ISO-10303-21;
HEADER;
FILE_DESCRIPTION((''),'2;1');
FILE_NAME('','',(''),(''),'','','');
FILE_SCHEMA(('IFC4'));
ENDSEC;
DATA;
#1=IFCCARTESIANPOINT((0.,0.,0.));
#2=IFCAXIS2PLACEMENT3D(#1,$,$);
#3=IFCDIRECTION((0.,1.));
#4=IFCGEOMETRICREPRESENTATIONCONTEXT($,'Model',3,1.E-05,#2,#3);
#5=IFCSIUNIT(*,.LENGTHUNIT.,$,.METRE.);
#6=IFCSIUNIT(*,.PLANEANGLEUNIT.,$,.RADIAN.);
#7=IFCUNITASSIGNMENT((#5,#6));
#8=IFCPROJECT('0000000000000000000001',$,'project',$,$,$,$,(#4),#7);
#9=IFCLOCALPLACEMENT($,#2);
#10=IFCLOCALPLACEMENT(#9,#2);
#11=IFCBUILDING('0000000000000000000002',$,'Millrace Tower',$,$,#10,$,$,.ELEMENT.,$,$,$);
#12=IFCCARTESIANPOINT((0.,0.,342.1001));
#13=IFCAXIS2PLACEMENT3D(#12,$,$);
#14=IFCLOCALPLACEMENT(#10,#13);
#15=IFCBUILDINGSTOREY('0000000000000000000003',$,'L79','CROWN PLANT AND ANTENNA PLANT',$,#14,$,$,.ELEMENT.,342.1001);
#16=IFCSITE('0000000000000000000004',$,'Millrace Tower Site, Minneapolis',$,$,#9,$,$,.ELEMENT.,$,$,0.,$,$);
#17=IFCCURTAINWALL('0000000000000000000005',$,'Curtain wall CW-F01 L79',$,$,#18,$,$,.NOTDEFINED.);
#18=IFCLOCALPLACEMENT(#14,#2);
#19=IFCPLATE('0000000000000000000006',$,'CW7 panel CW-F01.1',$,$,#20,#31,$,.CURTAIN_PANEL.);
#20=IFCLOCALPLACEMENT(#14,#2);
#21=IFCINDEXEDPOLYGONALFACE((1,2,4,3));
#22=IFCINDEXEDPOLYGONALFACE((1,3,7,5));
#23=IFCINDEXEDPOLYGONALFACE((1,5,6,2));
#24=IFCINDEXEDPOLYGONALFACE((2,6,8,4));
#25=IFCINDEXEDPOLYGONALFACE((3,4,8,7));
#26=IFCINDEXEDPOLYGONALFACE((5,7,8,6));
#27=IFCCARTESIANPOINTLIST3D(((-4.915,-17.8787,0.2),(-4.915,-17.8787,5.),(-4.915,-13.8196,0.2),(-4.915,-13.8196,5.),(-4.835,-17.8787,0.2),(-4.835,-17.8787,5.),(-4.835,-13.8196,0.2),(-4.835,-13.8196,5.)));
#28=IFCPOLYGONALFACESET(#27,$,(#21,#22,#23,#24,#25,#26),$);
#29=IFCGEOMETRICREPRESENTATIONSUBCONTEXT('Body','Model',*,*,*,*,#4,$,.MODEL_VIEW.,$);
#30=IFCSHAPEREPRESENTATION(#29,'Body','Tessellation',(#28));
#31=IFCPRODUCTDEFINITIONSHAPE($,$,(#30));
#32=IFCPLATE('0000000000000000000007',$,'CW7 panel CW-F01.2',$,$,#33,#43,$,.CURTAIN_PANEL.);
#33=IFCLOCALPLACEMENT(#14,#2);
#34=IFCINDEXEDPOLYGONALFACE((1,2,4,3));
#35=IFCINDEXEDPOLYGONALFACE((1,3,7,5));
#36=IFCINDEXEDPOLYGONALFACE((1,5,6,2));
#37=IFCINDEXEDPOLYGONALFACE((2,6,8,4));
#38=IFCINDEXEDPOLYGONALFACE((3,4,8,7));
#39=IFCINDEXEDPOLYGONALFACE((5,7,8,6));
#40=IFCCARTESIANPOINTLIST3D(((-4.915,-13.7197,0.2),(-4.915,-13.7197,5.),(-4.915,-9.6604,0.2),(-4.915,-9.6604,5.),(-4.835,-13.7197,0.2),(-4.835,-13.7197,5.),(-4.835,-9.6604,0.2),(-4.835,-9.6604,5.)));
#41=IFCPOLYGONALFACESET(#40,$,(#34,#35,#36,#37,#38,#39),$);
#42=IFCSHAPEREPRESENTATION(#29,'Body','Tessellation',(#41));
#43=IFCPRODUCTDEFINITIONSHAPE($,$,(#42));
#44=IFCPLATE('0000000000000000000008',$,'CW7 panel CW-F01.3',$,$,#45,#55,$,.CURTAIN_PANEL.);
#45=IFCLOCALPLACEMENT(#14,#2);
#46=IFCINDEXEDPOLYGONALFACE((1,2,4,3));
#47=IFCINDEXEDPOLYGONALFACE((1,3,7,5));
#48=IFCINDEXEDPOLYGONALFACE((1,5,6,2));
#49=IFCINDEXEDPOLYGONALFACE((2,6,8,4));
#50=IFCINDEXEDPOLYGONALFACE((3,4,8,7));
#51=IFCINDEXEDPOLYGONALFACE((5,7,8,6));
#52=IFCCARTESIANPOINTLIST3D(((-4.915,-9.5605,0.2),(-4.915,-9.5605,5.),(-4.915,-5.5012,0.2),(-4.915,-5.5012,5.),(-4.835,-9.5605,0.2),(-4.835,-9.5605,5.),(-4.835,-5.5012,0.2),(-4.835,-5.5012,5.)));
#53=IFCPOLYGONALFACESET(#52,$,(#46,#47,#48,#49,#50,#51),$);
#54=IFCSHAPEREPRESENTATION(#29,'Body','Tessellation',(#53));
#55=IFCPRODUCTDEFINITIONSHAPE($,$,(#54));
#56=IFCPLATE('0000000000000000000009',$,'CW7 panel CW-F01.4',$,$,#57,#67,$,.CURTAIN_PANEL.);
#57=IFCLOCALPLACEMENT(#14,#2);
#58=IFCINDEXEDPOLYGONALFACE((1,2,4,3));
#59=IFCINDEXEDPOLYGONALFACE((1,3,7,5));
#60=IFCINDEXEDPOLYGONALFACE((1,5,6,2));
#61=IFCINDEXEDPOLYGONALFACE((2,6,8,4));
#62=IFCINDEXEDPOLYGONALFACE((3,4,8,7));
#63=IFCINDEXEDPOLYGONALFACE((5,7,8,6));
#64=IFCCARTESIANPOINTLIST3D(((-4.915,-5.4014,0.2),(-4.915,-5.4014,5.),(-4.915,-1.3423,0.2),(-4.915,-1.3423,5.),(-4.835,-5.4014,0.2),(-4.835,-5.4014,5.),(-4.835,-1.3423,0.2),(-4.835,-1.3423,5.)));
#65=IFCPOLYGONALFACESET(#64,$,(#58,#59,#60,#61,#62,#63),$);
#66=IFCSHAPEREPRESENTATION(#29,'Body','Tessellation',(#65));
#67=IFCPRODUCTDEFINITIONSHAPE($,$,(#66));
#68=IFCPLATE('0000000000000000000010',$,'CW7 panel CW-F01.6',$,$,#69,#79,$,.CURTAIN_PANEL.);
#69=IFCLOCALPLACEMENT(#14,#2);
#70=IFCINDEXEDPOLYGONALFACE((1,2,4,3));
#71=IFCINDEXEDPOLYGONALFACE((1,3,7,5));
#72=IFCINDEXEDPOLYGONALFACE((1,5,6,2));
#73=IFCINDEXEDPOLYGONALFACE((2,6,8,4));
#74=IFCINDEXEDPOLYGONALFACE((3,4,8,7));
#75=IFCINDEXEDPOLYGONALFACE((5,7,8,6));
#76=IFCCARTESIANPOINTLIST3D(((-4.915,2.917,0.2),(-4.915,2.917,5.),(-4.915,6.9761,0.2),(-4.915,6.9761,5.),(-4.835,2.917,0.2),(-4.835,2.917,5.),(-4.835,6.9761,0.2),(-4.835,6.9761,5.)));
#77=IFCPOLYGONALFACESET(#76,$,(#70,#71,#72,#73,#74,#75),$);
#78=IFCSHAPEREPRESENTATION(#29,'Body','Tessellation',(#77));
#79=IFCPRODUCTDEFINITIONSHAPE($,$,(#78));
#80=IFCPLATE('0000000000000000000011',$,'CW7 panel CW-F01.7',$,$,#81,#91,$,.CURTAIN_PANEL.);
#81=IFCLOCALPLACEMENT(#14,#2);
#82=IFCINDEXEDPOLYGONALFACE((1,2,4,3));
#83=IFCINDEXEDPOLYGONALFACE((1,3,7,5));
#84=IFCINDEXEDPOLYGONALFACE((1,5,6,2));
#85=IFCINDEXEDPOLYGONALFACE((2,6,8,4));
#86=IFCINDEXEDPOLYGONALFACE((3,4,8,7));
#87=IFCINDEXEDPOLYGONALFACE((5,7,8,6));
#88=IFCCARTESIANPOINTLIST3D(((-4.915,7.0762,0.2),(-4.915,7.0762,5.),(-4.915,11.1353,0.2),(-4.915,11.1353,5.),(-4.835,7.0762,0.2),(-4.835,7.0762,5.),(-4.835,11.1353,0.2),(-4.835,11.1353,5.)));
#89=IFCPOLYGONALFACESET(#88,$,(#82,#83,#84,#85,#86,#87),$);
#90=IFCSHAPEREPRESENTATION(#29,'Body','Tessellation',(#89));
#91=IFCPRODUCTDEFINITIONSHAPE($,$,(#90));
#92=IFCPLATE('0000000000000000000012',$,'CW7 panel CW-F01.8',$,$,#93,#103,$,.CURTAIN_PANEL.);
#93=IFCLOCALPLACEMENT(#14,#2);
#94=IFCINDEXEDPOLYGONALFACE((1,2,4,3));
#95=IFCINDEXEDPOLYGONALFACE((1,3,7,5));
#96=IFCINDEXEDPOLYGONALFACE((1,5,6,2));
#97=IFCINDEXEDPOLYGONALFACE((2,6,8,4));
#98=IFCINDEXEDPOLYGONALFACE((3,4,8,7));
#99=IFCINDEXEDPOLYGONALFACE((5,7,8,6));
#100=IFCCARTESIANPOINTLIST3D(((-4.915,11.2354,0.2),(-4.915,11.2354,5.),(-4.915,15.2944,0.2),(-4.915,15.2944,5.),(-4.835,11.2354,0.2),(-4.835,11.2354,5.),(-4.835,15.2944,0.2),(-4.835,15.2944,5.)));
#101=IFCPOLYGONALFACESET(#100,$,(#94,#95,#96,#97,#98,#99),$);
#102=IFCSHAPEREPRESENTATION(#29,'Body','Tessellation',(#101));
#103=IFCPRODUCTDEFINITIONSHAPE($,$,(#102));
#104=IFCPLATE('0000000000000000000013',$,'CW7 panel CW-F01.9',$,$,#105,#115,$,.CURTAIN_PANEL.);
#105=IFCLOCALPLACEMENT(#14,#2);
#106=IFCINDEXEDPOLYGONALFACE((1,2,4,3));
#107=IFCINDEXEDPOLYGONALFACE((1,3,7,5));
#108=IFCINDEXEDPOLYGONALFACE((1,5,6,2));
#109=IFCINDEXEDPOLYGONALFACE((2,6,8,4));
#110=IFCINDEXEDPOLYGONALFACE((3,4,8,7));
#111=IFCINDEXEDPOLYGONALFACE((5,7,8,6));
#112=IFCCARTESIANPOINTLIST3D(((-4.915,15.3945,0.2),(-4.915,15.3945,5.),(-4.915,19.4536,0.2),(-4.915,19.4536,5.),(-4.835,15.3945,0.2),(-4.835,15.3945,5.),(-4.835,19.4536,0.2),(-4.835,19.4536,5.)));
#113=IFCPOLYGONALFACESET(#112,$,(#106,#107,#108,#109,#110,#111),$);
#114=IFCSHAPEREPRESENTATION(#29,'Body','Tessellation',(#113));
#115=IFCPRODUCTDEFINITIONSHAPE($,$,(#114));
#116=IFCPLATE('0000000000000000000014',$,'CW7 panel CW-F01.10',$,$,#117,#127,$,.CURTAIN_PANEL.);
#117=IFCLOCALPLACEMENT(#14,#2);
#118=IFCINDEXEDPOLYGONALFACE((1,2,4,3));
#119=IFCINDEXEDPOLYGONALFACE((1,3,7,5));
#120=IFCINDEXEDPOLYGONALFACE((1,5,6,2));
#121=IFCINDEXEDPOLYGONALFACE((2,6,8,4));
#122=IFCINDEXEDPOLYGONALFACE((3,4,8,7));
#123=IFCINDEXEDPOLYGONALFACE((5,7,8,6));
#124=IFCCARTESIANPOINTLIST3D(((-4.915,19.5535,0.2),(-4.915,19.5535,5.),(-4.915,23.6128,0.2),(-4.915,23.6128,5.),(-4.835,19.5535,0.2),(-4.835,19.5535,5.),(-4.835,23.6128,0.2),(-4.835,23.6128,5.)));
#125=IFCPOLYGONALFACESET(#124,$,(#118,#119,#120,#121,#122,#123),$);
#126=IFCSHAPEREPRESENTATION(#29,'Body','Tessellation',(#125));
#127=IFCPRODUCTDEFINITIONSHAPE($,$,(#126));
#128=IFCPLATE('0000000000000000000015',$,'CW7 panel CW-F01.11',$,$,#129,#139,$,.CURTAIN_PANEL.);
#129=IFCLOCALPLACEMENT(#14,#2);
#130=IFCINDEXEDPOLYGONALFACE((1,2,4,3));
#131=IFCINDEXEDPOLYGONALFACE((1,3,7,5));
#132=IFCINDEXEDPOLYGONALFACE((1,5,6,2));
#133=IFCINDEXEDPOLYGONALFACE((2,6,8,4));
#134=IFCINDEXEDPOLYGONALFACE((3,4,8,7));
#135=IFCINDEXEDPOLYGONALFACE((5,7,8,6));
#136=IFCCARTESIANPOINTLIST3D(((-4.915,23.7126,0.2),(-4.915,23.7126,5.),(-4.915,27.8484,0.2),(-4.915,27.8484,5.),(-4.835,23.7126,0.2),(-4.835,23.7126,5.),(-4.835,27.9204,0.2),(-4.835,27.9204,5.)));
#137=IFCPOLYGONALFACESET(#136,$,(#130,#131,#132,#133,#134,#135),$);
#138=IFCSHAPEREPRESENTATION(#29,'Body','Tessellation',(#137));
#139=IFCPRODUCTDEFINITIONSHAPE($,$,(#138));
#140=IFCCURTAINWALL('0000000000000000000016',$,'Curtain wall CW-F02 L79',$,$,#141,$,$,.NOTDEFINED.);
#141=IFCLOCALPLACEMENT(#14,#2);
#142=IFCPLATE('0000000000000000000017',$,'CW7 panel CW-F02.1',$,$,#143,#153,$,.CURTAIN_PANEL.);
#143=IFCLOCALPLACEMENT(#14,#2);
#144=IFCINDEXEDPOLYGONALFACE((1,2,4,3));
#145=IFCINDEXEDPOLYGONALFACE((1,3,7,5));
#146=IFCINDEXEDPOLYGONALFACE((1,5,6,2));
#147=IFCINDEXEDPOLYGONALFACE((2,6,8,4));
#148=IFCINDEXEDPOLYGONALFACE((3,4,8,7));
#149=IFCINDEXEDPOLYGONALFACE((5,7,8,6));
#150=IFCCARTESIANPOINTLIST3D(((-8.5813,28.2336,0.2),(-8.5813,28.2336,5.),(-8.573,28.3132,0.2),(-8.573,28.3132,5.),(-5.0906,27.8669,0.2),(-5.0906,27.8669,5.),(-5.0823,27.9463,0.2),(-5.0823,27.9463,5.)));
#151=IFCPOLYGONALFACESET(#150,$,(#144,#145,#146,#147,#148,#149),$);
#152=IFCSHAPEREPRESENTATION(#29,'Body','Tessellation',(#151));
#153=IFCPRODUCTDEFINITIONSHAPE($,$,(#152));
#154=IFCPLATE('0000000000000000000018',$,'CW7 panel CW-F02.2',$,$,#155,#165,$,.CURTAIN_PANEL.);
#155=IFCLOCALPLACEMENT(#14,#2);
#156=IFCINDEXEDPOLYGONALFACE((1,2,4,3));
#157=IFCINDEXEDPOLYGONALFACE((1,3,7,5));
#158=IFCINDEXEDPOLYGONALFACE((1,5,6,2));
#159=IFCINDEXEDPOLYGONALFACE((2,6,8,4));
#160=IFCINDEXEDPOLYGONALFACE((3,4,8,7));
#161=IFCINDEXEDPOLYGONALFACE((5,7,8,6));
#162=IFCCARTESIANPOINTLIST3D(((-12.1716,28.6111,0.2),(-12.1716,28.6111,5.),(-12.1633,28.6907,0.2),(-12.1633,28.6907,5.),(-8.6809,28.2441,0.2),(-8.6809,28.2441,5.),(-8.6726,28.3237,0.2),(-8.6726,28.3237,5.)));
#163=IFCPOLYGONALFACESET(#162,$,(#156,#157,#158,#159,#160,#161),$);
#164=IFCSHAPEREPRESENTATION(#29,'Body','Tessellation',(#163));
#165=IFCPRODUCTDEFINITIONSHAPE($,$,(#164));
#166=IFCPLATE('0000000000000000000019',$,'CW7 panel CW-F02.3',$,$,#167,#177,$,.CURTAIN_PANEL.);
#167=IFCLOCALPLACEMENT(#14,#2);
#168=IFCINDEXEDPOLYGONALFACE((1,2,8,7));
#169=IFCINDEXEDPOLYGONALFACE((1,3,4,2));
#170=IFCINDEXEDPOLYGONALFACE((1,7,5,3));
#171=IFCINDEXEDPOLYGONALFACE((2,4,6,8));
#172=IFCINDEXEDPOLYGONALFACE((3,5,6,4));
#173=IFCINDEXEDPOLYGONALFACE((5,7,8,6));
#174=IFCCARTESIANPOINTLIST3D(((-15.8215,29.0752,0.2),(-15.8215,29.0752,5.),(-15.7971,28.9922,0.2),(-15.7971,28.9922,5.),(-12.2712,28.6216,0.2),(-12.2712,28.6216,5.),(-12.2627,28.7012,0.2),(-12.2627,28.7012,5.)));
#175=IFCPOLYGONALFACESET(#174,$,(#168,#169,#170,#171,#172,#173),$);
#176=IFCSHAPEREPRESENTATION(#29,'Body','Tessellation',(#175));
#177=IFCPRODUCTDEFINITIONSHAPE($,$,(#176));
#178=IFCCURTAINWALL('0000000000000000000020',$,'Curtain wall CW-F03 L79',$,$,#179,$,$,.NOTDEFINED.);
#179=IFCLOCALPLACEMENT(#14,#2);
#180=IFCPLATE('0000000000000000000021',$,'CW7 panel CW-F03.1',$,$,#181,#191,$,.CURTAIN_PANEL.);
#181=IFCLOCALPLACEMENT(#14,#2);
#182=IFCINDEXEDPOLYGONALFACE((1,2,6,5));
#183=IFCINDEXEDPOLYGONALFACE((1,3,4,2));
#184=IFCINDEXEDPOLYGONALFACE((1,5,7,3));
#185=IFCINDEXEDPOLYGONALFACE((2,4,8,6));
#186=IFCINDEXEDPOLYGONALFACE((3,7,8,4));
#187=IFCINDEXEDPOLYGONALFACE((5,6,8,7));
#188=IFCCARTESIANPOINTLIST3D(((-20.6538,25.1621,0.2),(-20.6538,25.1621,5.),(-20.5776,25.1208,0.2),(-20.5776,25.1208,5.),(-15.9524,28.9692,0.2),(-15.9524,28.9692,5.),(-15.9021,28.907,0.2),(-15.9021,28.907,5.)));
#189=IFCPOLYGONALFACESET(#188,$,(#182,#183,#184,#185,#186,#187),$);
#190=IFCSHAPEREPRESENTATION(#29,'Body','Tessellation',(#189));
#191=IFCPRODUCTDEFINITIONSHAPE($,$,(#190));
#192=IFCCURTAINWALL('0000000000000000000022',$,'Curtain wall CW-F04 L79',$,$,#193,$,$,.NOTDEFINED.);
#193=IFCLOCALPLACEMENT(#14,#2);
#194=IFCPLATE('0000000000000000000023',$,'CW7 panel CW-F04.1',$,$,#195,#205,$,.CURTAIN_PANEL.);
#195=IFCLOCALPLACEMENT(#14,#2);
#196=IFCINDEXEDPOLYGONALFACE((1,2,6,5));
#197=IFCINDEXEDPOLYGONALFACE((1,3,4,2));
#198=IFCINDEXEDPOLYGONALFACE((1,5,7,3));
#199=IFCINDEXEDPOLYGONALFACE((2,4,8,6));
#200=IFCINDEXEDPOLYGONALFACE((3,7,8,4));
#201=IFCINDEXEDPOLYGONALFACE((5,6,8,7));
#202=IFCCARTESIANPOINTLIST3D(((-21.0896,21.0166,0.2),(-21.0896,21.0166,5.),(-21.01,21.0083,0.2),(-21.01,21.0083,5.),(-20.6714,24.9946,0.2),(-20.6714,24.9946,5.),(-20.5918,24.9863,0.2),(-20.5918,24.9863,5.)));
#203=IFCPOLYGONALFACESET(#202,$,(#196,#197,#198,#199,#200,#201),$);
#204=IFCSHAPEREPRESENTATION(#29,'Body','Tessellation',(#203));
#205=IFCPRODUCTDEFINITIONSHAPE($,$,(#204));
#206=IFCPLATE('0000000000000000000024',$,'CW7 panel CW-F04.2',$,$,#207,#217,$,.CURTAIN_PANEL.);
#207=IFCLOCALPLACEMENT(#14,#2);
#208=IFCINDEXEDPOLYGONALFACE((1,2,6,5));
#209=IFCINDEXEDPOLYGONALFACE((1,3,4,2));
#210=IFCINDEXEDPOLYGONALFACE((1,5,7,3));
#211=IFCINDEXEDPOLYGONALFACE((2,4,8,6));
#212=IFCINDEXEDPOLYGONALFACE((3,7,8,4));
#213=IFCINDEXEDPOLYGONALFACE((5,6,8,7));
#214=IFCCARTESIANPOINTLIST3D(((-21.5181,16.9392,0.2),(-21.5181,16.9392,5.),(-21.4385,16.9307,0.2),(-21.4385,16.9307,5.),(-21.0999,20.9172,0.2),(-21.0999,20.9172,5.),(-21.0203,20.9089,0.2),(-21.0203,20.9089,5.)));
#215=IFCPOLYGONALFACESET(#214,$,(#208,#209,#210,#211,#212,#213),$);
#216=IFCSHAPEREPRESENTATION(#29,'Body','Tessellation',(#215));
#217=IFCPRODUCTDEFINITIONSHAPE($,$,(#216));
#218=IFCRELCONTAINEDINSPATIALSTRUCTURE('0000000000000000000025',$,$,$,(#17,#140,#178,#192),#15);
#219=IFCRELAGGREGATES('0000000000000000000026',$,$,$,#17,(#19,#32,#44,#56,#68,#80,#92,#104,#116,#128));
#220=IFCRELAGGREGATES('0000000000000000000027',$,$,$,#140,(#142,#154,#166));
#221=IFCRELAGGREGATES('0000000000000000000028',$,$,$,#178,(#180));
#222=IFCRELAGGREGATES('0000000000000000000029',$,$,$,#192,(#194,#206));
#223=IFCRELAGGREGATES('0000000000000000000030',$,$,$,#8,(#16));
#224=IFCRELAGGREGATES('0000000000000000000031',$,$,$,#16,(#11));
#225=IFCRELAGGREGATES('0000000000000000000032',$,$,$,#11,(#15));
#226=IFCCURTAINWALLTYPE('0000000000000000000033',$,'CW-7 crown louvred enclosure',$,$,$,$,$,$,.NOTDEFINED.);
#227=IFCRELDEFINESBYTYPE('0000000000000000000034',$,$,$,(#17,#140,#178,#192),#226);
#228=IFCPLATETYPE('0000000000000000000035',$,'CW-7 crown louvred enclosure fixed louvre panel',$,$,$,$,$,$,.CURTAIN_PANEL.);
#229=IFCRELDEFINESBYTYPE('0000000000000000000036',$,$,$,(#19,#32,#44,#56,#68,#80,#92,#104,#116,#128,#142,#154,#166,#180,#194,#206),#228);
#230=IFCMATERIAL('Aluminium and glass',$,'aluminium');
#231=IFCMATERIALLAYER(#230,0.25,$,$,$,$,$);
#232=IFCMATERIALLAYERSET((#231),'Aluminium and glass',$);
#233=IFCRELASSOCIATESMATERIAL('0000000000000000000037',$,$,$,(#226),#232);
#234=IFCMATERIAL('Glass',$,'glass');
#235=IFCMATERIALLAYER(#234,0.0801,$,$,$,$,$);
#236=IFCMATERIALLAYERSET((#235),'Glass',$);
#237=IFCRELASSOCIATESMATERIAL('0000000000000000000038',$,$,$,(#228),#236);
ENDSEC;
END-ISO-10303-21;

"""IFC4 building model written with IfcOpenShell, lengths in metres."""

from ifc_helpers import new_model, si_unit, direction, frame, origin, place, context, subcontext, project, spatial, polyline, outline, extrude, material, layer, layer_set, type_object, element, aggregate, save


model = new_model("IFC4")

# Units and contexts
model_context = context("Model", 3, precision=1e-05, world=origin(), true_north=direction((0.0, 1.0)))
body_context = subcontext(model_context, "Body", "Model", "MODEL_VIEW")
ifc_project = project(units=[si_unit("LENGTHUNIT", "METRE"), si_unit("PLANEANGLEUNIT", "RADIAN")], contexts=[model_context])

# Site, building, storey
site_placement = place(None, origin())
site = spatial("IfcSite", under=ifc_project, at=site_placement, Name="Millrace Tower Site, Minneapolis", CompositionType="ELEMENT", RefElevation=0.0)
building_placement = place(site_placement, origin())
building = spatial("IfcBuilding", under=site, at=building_placement, Name="Millrace Tower", CompositionType="ELEMENT")
storey_placement = place(building_placement, frame((0.0, 0.0, 342.1001)))
storey = spatial("IfcBuildingStorey", under=building, at=storey_placement, Name="L79", Description="CROWN PLANT AND ANTENNA PLANT", CompositionType="ELEMENT", Elevation=342.1001)

# Curtain walls, plates
ifc_material_1 = material(Name="Aluminium and glass", Category="aluminium")
ifc_layer_1 = layer(ifc_material_1, 0.25)
ifc_layer_set_1 = layer_set([ifc_layer_1], Name="Aluminium and glass")
curtain_wall_type = type_object("IfcCurtainWallType", Name="CW-7 crown louvred enclosure", PredefinedType="NOTDEFINED", material=ifc_layer_set_1)
placement_1 = place(storey_placement, origin())
curtain_wall_1 = element("IfcCurtainWall", 1, at=placement_1, inside=storey, type_object=curtain_wall_type, Name="Curtain wall CW-F01 L79", PredefinedType="NOTDEFINED")
ifc_material_2 = material(Name="Glass", Category="glass")
ifc_layer_2 = layer(ifc_material_2, 0.0801)
ifc_layer_set_2 = layer_set([ifc_layer_2], Name="Glass")
plate_type = type_object("IfcPlateType", Name="CW-7 crown louvred enclosure fixed louvre panel", PredefinedType="CURTAIN_PANEL", material=ifc_layer_set_2)
placement_2 = place(storey_placement, frame((0.0, 0.0, 0.2)))
plate_1 = element("IfcPlate", 2, at=placement_2, type_object=plate_type, Name="CW7 panel CW-F01.1", PredefinedType="CURTAIN_PANEL", context=body_context, shape_type="SweptSolid", body=[
    extrude(outline(polyline([(-4.835, -17.8787), (-4.835, -13.8196), (-4.915, -13.8196), (-4.915, -17.8787), (-4.835, -17.8787)])), origin(), (0.0, 0.0, 1.0), 4.8),
])
plate_2 = element("IfcPlate", 3, at=placement_2, type_object=plate_type, Name="CW7 panel CW-F01.2", PredefinedType="CURTAIN_PANEL", context=body_context, shape_type="SweptSolid", body=[
    extrude(outline(polyline([(-4.835, -13.7197), (-4.835, -9.6604), (-4.915, -9.6604), (-4.915, -13.7197), (-4.835, -13.7197)])), origin(), (0.0, 0.0, 1.0), 4.8),
])
plate_3 = element("IfcPlate", 4, at=placement_2, type_object=plate_type, Name="CW7 panel CW-F01.3", PredefinedType="CURTAIN_PANEL", context=body_context, shape_type="SweptSolid", body=[
    extrude(outline(polyline([(-4.835, -9.5605), (-4.835, -5.5012), (-4.915, -5.5012), (-4.915, -9.5605), (-4.835, -9.5605)])), origin(), (0.0, 0.0, 1.0), 4.8),
])
plate_4 = element("IfcPlate", 5, at=placement_2, type_object=plate_type, Name="CW7 panel CW-F01.4", PredefinedType="CURTAIN_PANEL", context=body_context, shape_type="SweptSolid", body=[
    extrude(outline(polyline([(-4.835, -5.4014), (-4.835, -1.3423), (-4.915, -1.3423), (-4.915, -5.4014), (-4.835, -5.4014)])), origin(), (0.0, 0.0, 1.0), 4.8),
])
plate_5 = element("IfcPlate", 6, at=placement_2, type_object=plate_type, Name="CW7 panel CW-F01.6", PredefinedType="CURTAIN_PANEL", context=body_context, shape_type="SweptSolid", body=[
    extrude(outline(polyline([(-4.835, 2.917), (-4.835, 6.9761), (-4.915, 6.9761), (-4.915, 2.917), (-4.835, 2.917)])), origin(), (0.0, 0.0, 1.0), 4.8),
])
plate_6 = element("IfcPlate", 7, at=placement_2, type_object=plate_type, Name="CW7 panel CW-F01.7", PredefinedType="CURTAIN_PANEL", context=body_context, shape_type="SweptSolid", body=[
    extrude(outline(polyline([(-4.835, 7.0762), (-4.835, 11.1353), (-4.915, 11.1353), (-4.915, 7.0762), (-4.835, 7.0762)])), origin(), (0.0, 0.0, 1.0), 4.8),
])
plate_7 = element("IfcPlate", 8, at=placement_2, type_object=plate_type, Name="CW7 panel CW-F01.8", PredefinedType="CURTAIN_PANEL", context=body_context, shape_type="SweptSolid", body=[
    extrude(outline(polyline([(-4.835, 11.2354), (-4.835, 15.2944), (-4.915, 15.2944), (-4.915, 11.2354), (-4.835, 11.2354)])), origin(), (0.0, 0.0, 1.0), 4.8),
])
plate_8 = element("IfcPlate", 9, at=placement_2, type_object=plate_type, Name="CW7 panel CW-F01.9", PredefinedType="CURTAIN_PANEL", context=body_context, shape_type="SweptSolid", body=[
    extrude(outline(polyline([(-4.835, 15.3945), (-4.835, 19.4536), (-4.915, 19.4536), (-4.915, 15.3945), (-4.835, 15.3945)])), origin(), (0.0, 0.0, 1.0), 4.8),
])
plate_9 = element("IfcPlate", 10, at=placement_2, type_object=plate_type, Name="CW7 panel CW-F01.10", PredefinedType="CURTAIN_PANEL", context=body_context, shape_type="SweptSolid", body=[
    extrude(outline(polyline([(-4.835, 19.5535), (-4.835, 23.6128), (-4.915, 23.6128), (-4.915, 19.5535), (-4.835, 19.5535)])), origin(), (0.0, 0.0, 1.0), 4.8),
])
plate_10 = element("IfcPlate", 11, at=placement_2, type_object=plate_type, Name="CW7 panel CW-F01.11", PredefinedType="CURTAIN_PANEL", context=body_context, shape_type="SweptSolid", body=[
    extrude(outline(polyline([(-4.835, 23.7126), (-4.835, 27.9204), (-4.915, 27.8484), (-4.915, 23.7126), (-4.835, 23.7126)])), origin(), (0.0, 0.0, 1.0), 4.8),
])
aggregate(curtain_wall_1, [plate_1, plate_2, plate_3, plate_4, plate_5, plate_6, plate_7, plate_8, plate_9, plate_10])
curtain_wall_2 = element("IfcCurtainWall", 12, at=placement_1, inside=storey, type_object=curtain_wall_type, Name="Curtain wall CW-F02 L79", PredefinedType="NOTDEFINED")
plate_11 = element("IfcPlate", 13, at=placement_2, type_object=plate_type, Name="CW7 panel CW-F02.1", PredefinedType="CURTAIN_PANEL", context=body_context, shape_type="SweptSolid", body=[
    extrude(outline(polyline([(-5.0823, 27.9463), (-8.573, 28.3132), (-8.5813, 28.2336), (-5.0906, 27.8669), (-5.0823, 27.9463)])), origin(), (0.0, 0.0, 1.0), 4.8),
])
plate_12 = element("IfcPlate", 14, at=placement_2, type_object=plate_type, Name="CW7 panel CW-F02.2", PredefinedType="CURTAIN_PANEL", context=body_context, shape_type="SweptSolid", body=[
    extrude(outline(polyline([(-8.6726, 28.3237), (-12.1633, 28.6907), (-12.1716, 28.6111), (-8.6809, 28.2441), (-8.6726, 28.3237)])), origin(), (0.0, 0.0, 1.0), 4.8),
])
plate_13 = element("IfcPlate", 15, at=placement_2, type_object=plate_type, Name="CW7 panel CW-F02.3", PredefinedType="CURTAIN_PANEL", context=body_context, shape_type="SweptSolid", body=[
    extrude(outline(polyline([(-12.2627, 28.7012), (-15.8215, 29.0752), (-15.7971, 28.9922), (-12.2712, 28.6216), (-12.2627, 28.7012)])), origin(), (0.0, 0.0, 1.0), 4.8),
])
aggregate(curtain_wall_2, [plate_11, plate_12, plate_13])

# Curtain wall, plate
curtain_wall_3 = element("IfcCurtainWall", 16, at=placement_1, inside=storey, type_object=curtain_wall_type, Name="Curtain wall CW-F03 L79", PredefinedType="NOTDEFINED")
plate_14 = element("IfcPlate", 17, at=placement_2, type_object=plate_type, Name="CW7 panel CW-F03.1", PredefinedType="CURTAIN_PANEL", context=body_context, shape_type="SweptSolid", body=[
    extrude(outline(polyline([(-15.9524, 28.9692), (-20.6538, 25.1621), (-20.5776, 25.1208), (-15.9021, 28.907), (-15.9524, 28.9692)])), origin(), (0.0, 0.0, 1.0), 4.8),
])
aggregate(curtain_wall_3, [plate_14])

# Curtain wall, plates
curtain_wall_4 = element("IfcCurtainWall", 18, at=placement_1, inside=storey, type_object=curtain_wall_type, Name="Curtain wall CW-F04 L79", PredefinedType="NOTDEFINED")
plate_15 = element("IfcPlate", 19, at=placement_2, type_object=plate_type, Name="CW7 panel CW-F04.1", PredefinedType="CURTAIN_PANEL", context=body_context, shape_type="SweptSolid", body=[
    extrude(outline(polyline([(-20.6714, 24.9946), (-21.0896, 21.0166), (-21.01, 21.0083), (-20.5918, 24.9863), (-20.6714, 24.9946)])), origin(), (0.0, 0.0, 1.0), 4.8),
])
plate_16 = element("IfcPlate", 20, at=placement_2, type_object=plate_type, Name="CW7 panel CW-F04.2", PredefinedType="CURTAIN_PANEL", context=body_context, shape_type="SweptSolid", body=[
    extrude(outline(polyline([(-21.0999, 20.9172), (-21.5181, 16.9392), (-21.4385, 16.9307), (-21.0203, 20.9089), (-21.0999, 20.9172)])), origin(), (0.0, 0.0, 1.0), 4.8),
])
aggregate(curtain_wall_4, [plate_15, plate_16])

save(model, "model.ifc")
